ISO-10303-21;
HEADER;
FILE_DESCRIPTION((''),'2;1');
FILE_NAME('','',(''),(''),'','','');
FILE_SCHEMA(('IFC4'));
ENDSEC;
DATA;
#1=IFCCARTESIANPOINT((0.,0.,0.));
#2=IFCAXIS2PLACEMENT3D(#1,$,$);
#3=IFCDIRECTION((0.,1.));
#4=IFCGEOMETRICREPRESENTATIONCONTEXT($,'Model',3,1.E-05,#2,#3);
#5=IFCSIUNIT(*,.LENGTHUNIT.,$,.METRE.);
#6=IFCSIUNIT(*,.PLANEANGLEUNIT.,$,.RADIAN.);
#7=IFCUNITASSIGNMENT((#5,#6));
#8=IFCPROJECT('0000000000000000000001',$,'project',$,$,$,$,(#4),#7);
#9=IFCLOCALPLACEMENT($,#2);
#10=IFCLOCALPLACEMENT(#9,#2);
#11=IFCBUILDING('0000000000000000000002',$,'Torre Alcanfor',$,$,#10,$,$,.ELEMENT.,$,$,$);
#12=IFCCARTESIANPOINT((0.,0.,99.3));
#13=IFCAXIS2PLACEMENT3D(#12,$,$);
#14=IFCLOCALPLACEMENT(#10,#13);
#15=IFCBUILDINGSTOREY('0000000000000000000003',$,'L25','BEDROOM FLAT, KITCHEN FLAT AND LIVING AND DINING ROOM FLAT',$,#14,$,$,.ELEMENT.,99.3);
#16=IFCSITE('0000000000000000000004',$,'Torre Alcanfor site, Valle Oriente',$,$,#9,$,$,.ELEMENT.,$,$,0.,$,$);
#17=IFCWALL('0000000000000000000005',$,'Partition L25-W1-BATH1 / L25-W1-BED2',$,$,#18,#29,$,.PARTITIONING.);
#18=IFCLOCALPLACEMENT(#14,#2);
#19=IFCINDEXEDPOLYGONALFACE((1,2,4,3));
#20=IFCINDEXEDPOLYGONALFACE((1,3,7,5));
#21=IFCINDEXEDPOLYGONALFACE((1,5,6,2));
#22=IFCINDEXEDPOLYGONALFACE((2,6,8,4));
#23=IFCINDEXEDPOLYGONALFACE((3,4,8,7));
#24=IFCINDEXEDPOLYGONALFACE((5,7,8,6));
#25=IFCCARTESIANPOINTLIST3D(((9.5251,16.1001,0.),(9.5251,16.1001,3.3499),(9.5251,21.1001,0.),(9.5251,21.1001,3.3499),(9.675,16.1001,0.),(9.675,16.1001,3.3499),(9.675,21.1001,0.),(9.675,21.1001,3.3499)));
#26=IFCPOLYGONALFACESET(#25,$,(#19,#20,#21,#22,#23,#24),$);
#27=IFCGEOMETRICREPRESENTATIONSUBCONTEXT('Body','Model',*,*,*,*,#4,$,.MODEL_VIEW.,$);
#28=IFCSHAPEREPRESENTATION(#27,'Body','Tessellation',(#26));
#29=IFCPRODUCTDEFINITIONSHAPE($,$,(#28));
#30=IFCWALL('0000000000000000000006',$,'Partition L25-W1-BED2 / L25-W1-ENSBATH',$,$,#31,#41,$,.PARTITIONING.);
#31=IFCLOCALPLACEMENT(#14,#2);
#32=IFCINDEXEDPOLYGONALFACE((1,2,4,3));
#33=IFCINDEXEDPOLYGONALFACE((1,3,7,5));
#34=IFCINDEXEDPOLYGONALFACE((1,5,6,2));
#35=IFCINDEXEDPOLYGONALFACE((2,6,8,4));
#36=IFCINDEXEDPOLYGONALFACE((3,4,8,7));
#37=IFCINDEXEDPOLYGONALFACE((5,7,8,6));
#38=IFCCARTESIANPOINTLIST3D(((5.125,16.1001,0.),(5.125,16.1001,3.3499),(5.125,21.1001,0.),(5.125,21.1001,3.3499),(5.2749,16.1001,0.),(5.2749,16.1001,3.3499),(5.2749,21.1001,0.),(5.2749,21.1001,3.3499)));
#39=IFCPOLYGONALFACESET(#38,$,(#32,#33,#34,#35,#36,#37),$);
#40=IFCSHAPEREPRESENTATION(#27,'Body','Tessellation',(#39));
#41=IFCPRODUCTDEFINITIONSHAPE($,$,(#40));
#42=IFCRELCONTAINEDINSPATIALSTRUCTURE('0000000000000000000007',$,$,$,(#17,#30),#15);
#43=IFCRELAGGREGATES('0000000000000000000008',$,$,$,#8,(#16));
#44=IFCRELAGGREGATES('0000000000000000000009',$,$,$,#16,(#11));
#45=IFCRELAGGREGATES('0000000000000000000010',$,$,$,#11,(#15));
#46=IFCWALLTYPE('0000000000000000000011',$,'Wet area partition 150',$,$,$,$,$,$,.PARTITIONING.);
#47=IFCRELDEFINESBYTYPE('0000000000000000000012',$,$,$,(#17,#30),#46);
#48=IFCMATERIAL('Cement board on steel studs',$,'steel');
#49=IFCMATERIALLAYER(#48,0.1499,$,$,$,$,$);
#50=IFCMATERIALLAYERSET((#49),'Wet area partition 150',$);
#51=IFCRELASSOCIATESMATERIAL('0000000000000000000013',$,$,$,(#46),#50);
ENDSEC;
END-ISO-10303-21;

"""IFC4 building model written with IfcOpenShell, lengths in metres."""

from ifc_helpers import new_model, si_unit, direction, frame, frame_2d, origin, place, context, subcontext, project, spatial, rectangle, extrude, material, layer, layer_set, type_object, element, save


model = new_model("IFC4")

# Units and contexts
model_context = context("Model", 3, precision=1e-05, world=origin(), true_north=direction((0.0, 1.0)))
body_context = subcontext(model_context, "Body", "Model", "MODEL_VIEW")
ifc_project = project(units=[si_unit("LENGTHUNIT", "METRE"), si_unit("PLANEANGLEUNIT", "RADIAN")], contexts=[model_context])

# Site, building, storey
site_placement = place(None, origin())
site = spatial("IfcSite", under=ifc_project, at=site_placement, Name="Torre Alcanfor site, Valle Oriente", CompositionType="ELEMENT", RefElevation=0.0)
building_placement = place(site_placement, origin())
building = spatial("IfcBuilding", under=site, at=building_placement, Name="Torre Alcanfor", CompositionType="ELEMENT")
storey_placement = place(building_placement, frame((0.0, 0.0, 99.3)))
storey = spatial("IfcBuildingStorey", under=building, at=storey_placement, Name="L25", Description="BEDROOM FLAT, KITCHEN FLAT AND LIVING AND DINING ROOM FLAT", CompositionType="ELEMENT", Elevation=99.3)

# Shared definitions
ifc_material_1 = material(Name="Cement board on steel studs", Category="steel")
ifc_layer_1 = layer(ifc_material_1, 0.1499)
ifc_layer_set_1 = layer_set([ifc_layer_1], Name="Wet area partition 150")
wall_type_1 = type_object("IfcWallType", Name="Wet area partition 150", PredefinedType="PARTITIONING", material=ifc_layer_set_1)

# Walls
for number, where, z_axis, x_axis, name in (
    (1, (9.6001, 21.1001, 0.0), (0.0, 0.0, 1.0), (0.0, -1.0, 0.0), "Partition L25-W1-BATH1 / L25-W1-BED2"),
    (2, (5.2, 21.1001, 0.0), (0.0, 0.0, 1.0), (0.0, -1.0, 0.0), "Partition L25-W1-BED2 / L25-W1-ENSBATH"),
):
    element("IfcWall", number, at=place(storey_placement, frame(where, z_axis=z_axis, x_axis=x_axis)), inside=storey, type_object=wall_type_1, Name=name, PredefinedType="PARTITIONING", context=body_context, shape_type="SweptSolid", body=[
        extrude(rectangle(XDim=5.0, YDim=0.1499, at=frame_2d((2.5, 0.0))), origin(), (0.0, 0.0, 1.0), 3.3499),
    ])

save(model, "model.ifc")
